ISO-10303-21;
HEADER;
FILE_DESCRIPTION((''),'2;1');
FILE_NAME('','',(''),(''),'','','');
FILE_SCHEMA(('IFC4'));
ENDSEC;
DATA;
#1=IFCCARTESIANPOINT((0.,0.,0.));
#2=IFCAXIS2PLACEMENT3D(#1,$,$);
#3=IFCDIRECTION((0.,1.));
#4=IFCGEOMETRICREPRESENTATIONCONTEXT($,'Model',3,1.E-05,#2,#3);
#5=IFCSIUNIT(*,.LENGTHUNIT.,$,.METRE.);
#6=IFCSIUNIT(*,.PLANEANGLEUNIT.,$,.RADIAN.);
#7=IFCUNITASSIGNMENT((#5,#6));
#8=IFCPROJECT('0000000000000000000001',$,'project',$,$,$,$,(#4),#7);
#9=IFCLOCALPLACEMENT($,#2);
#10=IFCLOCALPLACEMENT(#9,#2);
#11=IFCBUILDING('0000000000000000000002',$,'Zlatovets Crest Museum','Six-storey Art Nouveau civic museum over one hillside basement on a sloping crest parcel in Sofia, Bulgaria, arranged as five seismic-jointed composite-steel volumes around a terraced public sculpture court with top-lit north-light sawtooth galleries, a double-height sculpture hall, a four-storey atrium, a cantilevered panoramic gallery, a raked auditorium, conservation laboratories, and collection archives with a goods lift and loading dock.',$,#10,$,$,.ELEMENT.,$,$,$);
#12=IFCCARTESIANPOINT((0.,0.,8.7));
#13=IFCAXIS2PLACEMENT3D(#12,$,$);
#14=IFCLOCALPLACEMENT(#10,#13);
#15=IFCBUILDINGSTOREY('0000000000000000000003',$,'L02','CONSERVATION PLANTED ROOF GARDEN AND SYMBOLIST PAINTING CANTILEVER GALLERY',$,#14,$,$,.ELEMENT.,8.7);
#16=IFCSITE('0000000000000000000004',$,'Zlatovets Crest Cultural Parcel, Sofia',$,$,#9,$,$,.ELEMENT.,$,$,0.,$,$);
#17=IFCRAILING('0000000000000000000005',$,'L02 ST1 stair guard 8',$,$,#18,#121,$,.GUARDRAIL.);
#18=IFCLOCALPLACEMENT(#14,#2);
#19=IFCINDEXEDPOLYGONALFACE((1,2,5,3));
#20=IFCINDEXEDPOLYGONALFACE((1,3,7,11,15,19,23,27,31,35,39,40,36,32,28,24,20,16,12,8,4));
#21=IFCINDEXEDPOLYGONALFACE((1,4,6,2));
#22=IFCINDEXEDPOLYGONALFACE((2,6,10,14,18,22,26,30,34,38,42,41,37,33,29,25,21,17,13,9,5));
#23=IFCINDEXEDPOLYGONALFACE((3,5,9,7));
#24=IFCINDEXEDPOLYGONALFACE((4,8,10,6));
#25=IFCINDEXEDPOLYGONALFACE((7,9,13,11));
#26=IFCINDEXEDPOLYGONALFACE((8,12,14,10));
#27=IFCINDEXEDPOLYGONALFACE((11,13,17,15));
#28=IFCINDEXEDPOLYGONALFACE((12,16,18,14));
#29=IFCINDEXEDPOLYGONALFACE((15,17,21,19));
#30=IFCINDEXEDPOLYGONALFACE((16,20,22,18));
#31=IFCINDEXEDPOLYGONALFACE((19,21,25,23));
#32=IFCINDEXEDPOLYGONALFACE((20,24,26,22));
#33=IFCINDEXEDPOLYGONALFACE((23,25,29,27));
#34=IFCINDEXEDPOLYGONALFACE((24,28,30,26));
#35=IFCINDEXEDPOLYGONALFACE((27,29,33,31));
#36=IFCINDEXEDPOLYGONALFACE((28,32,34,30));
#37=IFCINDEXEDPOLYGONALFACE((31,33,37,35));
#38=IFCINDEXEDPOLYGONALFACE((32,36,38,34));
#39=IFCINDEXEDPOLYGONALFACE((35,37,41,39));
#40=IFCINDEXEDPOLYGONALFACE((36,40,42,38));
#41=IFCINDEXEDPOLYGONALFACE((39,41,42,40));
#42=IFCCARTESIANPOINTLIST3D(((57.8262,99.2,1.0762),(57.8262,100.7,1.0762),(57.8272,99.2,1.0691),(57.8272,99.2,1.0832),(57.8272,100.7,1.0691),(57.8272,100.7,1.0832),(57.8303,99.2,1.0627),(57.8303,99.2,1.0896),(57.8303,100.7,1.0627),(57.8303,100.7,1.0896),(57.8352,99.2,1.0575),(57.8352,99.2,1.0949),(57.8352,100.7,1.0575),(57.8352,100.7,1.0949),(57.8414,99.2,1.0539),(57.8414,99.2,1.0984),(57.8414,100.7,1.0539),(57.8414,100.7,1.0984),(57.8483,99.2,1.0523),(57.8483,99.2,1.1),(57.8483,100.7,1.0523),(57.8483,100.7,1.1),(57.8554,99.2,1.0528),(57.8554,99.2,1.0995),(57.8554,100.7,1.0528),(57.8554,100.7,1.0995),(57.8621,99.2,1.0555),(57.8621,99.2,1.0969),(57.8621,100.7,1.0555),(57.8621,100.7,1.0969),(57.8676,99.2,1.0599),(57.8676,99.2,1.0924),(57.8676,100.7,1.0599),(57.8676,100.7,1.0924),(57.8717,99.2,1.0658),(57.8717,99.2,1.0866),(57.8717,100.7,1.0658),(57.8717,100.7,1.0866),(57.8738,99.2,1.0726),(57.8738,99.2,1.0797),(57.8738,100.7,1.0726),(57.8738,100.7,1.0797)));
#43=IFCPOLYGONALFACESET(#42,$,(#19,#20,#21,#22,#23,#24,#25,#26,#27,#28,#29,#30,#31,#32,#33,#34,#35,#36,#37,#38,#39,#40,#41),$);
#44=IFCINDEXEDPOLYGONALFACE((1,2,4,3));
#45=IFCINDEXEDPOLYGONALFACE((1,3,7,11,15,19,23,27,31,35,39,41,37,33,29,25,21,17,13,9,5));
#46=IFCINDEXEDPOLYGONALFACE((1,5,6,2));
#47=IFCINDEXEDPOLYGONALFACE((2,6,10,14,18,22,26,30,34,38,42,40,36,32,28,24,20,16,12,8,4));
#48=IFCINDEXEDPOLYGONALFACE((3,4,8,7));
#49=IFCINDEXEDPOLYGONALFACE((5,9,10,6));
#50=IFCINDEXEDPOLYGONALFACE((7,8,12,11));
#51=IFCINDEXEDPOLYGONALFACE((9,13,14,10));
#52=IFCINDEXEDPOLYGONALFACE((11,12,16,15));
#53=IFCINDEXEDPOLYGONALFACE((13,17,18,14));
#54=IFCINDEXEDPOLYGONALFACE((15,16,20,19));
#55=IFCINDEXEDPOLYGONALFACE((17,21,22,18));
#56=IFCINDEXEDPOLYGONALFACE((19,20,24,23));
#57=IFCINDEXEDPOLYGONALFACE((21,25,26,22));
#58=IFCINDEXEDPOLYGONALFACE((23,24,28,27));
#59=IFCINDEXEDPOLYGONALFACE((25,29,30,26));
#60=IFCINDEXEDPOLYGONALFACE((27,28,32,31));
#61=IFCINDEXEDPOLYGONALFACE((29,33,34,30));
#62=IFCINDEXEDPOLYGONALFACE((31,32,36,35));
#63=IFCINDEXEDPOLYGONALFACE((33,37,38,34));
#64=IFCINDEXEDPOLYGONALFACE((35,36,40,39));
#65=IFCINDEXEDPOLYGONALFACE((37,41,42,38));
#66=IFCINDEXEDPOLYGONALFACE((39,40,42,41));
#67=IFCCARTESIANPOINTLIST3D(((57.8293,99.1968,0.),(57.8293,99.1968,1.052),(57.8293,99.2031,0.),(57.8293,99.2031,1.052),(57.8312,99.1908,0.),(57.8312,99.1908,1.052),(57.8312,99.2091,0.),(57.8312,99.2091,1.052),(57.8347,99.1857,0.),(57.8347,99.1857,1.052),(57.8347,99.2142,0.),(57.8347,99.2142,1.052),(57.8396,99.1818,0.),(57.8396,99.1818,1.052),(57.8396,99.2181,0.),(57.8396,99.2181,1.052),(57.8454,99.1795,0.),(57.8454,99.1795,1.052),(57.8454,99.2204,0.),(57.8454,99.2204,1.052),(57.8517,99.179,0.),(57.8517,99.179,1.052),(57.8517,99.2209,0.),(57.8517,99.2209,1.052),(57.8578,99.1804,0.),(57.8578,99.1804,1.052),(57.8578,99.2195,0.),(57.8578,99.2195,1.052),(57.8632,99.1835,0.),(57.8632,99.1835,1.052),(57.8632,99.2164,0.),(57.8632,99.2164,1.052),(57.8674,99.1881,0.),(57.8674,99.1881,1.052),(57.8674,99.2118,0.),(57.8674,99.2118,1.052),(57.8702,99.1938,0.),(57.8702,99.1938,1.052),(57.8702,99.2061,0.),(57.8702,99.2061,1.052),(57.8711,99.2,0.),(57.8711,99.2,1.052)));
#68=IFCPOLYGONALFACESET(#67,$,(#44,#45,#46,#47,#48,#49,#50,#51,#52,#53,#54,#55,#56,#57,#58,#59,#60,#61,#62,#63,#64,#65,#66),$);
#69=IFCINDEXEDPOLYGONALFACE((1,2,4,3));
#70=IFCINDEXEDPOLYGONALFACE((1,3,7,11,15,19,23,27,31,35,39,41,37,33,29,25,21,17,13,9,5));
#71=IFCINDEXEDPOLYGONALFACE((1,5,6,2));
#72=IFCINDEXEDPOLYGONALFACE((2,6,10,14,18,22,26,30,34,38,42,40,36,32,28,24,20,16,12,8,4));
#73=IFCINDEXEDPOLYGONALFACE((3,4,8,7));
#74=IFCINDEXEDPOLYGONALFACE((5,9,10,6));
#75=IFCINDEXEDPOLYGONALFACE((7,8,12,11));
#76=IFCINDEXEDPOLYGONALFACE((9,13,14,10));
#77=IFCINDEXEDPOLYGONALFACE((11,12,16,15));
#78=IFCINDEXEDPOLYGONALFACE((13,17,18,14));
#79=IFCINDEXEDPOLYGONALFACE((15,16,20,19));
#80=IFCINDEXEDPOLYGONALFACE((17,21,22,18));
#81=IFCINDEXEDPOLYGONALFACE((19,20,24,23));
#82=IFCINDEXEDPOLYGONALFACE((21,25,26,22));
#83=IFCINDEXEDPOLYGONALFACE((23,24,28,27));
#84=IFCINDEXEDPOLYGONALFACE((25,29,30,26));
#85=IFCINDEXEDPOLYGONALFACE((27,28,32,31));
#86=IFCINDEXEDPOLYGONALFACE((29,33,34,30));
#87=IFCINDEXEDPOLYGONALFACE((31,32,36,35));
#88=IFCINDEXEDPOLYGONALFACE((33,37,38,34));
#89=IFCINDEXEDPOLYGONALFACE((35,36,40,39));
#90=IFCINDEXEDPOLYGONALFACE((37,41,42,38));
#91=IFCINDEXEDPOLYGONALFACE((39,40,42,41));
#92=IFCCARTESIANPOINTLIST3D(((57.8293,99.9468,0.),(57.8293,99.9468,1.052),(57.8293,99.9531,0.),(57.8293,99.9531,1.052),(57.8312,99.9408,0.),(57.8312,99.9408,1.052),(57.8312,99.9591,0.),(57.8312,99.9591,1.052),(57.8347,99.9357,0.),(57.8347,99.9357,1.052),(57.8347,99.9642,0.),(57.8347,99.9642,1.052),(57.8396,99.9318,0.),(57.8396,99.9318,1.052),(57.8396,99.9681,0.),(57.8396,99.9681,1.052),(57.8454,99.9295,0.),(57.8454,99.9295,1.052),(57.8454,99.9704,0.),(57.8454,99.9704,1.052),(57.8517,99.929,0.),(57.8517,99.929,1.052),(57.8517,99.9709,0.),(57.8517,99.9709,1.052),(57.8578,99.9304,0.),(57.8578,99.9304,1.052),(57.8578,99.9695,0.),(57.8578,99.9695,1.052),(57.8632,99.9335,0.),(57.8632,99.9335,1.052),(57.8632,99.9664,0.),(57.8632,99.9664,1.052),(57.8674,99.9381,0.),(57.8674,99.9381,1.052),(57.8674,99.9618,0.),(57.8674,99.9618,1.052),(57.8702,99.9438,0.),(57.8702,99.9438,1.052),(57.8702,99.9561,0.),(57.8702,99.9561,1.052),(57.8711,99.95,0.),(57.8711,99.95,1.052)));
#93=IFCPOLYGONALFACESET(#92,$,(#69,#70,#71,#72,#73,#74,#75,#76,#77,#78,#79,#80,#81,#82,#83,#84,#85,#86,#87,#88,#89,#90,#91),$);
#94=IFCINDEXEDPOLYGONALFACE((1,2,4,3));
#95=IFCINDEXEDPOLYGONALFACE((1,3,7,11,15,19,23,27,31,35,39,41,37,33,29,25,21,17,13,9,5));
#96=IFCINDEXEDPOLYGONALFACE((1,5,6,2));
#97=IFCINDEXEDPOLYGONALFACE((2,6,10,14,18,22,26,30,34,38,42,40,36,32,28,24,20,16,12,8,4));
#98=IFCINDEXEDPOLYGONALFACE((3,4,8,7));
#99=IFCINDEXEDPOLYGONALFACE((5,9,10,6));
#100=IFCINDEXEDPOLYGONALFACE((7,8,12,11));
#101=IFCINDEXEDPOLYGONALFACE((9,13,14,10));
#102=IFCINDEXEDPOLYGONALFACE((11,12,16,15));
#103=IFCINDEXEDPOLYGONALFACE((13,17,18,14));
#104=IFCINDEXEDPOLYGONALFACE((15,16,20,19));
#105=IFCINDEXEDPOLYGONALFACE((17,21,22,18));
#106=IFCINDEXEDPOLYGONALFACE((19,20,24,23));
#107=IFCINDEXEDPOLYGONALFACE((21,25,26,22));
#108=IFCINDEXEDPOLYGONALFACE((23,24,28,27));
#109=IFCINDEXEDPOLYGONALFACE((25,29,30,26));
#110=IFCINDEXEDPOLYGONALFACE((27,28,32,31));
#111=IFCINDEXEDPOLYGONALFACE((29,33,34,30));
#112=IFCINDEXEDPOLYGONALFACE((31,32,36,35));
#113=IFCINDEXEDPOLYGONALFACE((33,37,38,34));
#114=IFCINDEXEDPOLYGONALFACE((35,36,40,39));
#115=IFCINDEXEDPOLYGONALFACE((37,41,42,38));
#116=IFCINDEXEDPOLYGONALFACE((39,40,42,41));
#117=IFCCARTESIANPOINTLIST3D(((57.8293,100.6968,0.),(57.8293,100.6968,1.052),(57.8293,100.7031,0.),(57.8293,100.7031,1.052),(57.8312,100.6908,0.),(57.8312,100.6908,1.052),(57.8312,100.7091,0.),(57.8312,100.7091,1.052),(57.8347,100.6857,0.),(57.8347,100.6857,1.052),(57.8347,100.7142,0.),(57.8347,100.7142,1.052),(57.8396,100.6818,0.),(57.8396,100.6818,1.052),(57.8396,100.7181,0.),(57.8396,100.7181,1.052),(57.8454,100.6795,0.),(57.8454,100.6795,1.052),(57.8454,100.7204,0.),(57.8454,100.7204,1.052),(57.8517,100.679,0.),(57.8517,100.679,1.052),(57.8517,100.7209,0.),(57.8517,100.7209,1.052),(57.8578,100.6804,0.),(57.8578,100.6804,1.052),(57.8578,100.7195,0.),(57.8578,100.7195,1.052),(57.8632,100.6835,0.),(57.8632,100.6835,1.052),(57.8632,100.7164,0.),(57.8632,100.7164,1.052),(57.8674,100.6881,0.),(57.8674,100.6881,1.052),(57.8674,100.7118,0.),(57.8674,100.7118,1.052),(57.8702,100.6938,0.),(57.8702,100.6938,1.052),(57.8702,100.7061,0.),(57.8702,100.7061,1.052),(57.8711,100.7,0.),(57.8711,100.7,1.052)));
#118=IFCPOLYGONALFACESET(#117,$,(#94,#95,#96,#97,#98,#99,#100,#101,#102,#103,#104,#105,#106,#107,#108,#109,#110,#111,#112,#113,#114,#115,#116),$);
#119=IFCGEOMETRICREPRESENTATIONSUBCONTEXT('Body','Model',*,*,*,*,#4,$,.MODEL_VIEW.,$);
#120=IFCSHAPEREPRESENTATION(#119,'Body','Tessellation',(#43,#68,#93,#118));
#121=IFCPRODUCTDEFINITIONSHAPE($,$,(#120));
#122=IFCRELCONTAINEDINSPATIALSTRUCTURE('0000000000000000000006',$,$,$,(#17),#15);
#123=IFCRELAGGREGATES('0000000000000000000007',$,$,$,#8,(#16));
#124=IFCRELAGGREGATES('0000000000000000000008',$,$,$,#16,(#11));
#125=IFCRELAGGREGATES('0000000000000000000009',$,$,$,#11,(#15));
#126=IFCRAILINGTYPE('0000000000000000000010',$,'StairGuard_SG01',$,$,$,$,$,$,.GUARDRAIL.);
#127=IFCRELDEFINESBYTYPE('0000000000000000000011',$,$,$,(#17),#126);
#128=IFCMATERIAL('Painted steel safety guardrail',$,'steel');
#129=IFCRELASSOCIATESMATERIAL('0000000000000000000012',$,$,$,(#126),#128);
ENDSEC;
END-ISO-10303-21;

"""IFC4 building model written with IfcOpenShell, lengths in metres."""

from ifc_helpers import new_model, si_unit, direction, frame, origin, origin_2d, place, context, subcontext, project, spatial, circle, extrude, material, type_object, element, save


model = new_model("IFC4")

# Units and contexts
model_context = context("Model", 3, precision=1e-05, world=origin(), true_north=direction((0.0, 1.0)))
body_context = subcontext(model_context, "Body", "Model", "MODEL_VIEW")
ifc_project = project(units=[si_unit("LENGTHUNIT", "METRE"), si_unit("PLANEANGLEUNIT", "RADIAN")], contexts=[model_context])

# Site, building, storey
site_placement = place(None, origin())
site = spatial("IfcSite", under=ifc_project, at=site_placement, Name="Zlatovets Crest Cultural Parcel, Sofia", CompositionType="ELEMENT", RefElevation=0.0)
building_placement = place(site_placement, origin())
building = spatial("IfcBuilding", under=site, at=building_placement, Name="Zlatovets Crest Museum", Description="Six-storey Art Nouveau civic museum over one hillside basement on a sloping crest parcel in Sofia, Bulgaria, arranged as five seismic-jointed composite-steel volumes around a terraced public sculpture court with top-lit north-light sawtooth galleries, a double-height sculpture hall, a four-storey atrium, a cantilevered panoramic gallery, a raked auditorium, conservation laboratories, and collection archives with a goods lift and loading dock.", CompositionType="ELEMENT")
storey_placement = place(building_placement, frame((0.0, 0.0, 8.7)))
storey = spatial("IfcBuildingStorey", under=building, at=storey_placement, Name="L02", Description="CONSERVATION PLANTED ROOF GARDEN AND SYMBOLIST PAINTING CANTILEVER GALLERY", CompositionType="ELEMENT", Elevation=8.7)

# Railing
ifc_material_1 = material(Name="Painted steel safety guardrail", Category="steel")
railing_type_1 = type_object("IfcRailingType", Name="StairGuard_SG01", PredefinedType="GUARDRAIL", material=ifc_material_1)
for number, where, name in (
    (1, (57.8501, 99.2, 0.0), "L02 ST1 stair guard 8"),
):
    element("IfcRailing", number, at=place(storey_placement, frame(where)), inside=storey, type_object=railing_type_1, Name=name, PredefinedType="GUARDRAIL", context=body_context, shape_type="SweptSolid", body=[
        extrude(circle(Radius=0.0239, at=origin_2d()), frame((0.0, 0.0, 1.0762), z_axis=(0.0, 1.0, 0.0), x_axis=(-1.0, 0.0, 0.0)), (0.0, 0.0, 1.0), 1.5),
        extrude(circle(Radius=0.021, at=origin_2d()), origin(), (0.0, 0.0, 1.0), 1.052),
        extrude(circle(Radius=0.021, at=origin_2d()), frame((0.0, 0.75, 0.0)), (0.0, 0.0, 1.0), 1.052),
        extrude(circle(Radius=0.021, at=origin_2d()), frame((0.0, 1.5, 0.0)), (0.0, 0.0, 1.0), 1.052),
    ])

save(model, "model.ifc")
